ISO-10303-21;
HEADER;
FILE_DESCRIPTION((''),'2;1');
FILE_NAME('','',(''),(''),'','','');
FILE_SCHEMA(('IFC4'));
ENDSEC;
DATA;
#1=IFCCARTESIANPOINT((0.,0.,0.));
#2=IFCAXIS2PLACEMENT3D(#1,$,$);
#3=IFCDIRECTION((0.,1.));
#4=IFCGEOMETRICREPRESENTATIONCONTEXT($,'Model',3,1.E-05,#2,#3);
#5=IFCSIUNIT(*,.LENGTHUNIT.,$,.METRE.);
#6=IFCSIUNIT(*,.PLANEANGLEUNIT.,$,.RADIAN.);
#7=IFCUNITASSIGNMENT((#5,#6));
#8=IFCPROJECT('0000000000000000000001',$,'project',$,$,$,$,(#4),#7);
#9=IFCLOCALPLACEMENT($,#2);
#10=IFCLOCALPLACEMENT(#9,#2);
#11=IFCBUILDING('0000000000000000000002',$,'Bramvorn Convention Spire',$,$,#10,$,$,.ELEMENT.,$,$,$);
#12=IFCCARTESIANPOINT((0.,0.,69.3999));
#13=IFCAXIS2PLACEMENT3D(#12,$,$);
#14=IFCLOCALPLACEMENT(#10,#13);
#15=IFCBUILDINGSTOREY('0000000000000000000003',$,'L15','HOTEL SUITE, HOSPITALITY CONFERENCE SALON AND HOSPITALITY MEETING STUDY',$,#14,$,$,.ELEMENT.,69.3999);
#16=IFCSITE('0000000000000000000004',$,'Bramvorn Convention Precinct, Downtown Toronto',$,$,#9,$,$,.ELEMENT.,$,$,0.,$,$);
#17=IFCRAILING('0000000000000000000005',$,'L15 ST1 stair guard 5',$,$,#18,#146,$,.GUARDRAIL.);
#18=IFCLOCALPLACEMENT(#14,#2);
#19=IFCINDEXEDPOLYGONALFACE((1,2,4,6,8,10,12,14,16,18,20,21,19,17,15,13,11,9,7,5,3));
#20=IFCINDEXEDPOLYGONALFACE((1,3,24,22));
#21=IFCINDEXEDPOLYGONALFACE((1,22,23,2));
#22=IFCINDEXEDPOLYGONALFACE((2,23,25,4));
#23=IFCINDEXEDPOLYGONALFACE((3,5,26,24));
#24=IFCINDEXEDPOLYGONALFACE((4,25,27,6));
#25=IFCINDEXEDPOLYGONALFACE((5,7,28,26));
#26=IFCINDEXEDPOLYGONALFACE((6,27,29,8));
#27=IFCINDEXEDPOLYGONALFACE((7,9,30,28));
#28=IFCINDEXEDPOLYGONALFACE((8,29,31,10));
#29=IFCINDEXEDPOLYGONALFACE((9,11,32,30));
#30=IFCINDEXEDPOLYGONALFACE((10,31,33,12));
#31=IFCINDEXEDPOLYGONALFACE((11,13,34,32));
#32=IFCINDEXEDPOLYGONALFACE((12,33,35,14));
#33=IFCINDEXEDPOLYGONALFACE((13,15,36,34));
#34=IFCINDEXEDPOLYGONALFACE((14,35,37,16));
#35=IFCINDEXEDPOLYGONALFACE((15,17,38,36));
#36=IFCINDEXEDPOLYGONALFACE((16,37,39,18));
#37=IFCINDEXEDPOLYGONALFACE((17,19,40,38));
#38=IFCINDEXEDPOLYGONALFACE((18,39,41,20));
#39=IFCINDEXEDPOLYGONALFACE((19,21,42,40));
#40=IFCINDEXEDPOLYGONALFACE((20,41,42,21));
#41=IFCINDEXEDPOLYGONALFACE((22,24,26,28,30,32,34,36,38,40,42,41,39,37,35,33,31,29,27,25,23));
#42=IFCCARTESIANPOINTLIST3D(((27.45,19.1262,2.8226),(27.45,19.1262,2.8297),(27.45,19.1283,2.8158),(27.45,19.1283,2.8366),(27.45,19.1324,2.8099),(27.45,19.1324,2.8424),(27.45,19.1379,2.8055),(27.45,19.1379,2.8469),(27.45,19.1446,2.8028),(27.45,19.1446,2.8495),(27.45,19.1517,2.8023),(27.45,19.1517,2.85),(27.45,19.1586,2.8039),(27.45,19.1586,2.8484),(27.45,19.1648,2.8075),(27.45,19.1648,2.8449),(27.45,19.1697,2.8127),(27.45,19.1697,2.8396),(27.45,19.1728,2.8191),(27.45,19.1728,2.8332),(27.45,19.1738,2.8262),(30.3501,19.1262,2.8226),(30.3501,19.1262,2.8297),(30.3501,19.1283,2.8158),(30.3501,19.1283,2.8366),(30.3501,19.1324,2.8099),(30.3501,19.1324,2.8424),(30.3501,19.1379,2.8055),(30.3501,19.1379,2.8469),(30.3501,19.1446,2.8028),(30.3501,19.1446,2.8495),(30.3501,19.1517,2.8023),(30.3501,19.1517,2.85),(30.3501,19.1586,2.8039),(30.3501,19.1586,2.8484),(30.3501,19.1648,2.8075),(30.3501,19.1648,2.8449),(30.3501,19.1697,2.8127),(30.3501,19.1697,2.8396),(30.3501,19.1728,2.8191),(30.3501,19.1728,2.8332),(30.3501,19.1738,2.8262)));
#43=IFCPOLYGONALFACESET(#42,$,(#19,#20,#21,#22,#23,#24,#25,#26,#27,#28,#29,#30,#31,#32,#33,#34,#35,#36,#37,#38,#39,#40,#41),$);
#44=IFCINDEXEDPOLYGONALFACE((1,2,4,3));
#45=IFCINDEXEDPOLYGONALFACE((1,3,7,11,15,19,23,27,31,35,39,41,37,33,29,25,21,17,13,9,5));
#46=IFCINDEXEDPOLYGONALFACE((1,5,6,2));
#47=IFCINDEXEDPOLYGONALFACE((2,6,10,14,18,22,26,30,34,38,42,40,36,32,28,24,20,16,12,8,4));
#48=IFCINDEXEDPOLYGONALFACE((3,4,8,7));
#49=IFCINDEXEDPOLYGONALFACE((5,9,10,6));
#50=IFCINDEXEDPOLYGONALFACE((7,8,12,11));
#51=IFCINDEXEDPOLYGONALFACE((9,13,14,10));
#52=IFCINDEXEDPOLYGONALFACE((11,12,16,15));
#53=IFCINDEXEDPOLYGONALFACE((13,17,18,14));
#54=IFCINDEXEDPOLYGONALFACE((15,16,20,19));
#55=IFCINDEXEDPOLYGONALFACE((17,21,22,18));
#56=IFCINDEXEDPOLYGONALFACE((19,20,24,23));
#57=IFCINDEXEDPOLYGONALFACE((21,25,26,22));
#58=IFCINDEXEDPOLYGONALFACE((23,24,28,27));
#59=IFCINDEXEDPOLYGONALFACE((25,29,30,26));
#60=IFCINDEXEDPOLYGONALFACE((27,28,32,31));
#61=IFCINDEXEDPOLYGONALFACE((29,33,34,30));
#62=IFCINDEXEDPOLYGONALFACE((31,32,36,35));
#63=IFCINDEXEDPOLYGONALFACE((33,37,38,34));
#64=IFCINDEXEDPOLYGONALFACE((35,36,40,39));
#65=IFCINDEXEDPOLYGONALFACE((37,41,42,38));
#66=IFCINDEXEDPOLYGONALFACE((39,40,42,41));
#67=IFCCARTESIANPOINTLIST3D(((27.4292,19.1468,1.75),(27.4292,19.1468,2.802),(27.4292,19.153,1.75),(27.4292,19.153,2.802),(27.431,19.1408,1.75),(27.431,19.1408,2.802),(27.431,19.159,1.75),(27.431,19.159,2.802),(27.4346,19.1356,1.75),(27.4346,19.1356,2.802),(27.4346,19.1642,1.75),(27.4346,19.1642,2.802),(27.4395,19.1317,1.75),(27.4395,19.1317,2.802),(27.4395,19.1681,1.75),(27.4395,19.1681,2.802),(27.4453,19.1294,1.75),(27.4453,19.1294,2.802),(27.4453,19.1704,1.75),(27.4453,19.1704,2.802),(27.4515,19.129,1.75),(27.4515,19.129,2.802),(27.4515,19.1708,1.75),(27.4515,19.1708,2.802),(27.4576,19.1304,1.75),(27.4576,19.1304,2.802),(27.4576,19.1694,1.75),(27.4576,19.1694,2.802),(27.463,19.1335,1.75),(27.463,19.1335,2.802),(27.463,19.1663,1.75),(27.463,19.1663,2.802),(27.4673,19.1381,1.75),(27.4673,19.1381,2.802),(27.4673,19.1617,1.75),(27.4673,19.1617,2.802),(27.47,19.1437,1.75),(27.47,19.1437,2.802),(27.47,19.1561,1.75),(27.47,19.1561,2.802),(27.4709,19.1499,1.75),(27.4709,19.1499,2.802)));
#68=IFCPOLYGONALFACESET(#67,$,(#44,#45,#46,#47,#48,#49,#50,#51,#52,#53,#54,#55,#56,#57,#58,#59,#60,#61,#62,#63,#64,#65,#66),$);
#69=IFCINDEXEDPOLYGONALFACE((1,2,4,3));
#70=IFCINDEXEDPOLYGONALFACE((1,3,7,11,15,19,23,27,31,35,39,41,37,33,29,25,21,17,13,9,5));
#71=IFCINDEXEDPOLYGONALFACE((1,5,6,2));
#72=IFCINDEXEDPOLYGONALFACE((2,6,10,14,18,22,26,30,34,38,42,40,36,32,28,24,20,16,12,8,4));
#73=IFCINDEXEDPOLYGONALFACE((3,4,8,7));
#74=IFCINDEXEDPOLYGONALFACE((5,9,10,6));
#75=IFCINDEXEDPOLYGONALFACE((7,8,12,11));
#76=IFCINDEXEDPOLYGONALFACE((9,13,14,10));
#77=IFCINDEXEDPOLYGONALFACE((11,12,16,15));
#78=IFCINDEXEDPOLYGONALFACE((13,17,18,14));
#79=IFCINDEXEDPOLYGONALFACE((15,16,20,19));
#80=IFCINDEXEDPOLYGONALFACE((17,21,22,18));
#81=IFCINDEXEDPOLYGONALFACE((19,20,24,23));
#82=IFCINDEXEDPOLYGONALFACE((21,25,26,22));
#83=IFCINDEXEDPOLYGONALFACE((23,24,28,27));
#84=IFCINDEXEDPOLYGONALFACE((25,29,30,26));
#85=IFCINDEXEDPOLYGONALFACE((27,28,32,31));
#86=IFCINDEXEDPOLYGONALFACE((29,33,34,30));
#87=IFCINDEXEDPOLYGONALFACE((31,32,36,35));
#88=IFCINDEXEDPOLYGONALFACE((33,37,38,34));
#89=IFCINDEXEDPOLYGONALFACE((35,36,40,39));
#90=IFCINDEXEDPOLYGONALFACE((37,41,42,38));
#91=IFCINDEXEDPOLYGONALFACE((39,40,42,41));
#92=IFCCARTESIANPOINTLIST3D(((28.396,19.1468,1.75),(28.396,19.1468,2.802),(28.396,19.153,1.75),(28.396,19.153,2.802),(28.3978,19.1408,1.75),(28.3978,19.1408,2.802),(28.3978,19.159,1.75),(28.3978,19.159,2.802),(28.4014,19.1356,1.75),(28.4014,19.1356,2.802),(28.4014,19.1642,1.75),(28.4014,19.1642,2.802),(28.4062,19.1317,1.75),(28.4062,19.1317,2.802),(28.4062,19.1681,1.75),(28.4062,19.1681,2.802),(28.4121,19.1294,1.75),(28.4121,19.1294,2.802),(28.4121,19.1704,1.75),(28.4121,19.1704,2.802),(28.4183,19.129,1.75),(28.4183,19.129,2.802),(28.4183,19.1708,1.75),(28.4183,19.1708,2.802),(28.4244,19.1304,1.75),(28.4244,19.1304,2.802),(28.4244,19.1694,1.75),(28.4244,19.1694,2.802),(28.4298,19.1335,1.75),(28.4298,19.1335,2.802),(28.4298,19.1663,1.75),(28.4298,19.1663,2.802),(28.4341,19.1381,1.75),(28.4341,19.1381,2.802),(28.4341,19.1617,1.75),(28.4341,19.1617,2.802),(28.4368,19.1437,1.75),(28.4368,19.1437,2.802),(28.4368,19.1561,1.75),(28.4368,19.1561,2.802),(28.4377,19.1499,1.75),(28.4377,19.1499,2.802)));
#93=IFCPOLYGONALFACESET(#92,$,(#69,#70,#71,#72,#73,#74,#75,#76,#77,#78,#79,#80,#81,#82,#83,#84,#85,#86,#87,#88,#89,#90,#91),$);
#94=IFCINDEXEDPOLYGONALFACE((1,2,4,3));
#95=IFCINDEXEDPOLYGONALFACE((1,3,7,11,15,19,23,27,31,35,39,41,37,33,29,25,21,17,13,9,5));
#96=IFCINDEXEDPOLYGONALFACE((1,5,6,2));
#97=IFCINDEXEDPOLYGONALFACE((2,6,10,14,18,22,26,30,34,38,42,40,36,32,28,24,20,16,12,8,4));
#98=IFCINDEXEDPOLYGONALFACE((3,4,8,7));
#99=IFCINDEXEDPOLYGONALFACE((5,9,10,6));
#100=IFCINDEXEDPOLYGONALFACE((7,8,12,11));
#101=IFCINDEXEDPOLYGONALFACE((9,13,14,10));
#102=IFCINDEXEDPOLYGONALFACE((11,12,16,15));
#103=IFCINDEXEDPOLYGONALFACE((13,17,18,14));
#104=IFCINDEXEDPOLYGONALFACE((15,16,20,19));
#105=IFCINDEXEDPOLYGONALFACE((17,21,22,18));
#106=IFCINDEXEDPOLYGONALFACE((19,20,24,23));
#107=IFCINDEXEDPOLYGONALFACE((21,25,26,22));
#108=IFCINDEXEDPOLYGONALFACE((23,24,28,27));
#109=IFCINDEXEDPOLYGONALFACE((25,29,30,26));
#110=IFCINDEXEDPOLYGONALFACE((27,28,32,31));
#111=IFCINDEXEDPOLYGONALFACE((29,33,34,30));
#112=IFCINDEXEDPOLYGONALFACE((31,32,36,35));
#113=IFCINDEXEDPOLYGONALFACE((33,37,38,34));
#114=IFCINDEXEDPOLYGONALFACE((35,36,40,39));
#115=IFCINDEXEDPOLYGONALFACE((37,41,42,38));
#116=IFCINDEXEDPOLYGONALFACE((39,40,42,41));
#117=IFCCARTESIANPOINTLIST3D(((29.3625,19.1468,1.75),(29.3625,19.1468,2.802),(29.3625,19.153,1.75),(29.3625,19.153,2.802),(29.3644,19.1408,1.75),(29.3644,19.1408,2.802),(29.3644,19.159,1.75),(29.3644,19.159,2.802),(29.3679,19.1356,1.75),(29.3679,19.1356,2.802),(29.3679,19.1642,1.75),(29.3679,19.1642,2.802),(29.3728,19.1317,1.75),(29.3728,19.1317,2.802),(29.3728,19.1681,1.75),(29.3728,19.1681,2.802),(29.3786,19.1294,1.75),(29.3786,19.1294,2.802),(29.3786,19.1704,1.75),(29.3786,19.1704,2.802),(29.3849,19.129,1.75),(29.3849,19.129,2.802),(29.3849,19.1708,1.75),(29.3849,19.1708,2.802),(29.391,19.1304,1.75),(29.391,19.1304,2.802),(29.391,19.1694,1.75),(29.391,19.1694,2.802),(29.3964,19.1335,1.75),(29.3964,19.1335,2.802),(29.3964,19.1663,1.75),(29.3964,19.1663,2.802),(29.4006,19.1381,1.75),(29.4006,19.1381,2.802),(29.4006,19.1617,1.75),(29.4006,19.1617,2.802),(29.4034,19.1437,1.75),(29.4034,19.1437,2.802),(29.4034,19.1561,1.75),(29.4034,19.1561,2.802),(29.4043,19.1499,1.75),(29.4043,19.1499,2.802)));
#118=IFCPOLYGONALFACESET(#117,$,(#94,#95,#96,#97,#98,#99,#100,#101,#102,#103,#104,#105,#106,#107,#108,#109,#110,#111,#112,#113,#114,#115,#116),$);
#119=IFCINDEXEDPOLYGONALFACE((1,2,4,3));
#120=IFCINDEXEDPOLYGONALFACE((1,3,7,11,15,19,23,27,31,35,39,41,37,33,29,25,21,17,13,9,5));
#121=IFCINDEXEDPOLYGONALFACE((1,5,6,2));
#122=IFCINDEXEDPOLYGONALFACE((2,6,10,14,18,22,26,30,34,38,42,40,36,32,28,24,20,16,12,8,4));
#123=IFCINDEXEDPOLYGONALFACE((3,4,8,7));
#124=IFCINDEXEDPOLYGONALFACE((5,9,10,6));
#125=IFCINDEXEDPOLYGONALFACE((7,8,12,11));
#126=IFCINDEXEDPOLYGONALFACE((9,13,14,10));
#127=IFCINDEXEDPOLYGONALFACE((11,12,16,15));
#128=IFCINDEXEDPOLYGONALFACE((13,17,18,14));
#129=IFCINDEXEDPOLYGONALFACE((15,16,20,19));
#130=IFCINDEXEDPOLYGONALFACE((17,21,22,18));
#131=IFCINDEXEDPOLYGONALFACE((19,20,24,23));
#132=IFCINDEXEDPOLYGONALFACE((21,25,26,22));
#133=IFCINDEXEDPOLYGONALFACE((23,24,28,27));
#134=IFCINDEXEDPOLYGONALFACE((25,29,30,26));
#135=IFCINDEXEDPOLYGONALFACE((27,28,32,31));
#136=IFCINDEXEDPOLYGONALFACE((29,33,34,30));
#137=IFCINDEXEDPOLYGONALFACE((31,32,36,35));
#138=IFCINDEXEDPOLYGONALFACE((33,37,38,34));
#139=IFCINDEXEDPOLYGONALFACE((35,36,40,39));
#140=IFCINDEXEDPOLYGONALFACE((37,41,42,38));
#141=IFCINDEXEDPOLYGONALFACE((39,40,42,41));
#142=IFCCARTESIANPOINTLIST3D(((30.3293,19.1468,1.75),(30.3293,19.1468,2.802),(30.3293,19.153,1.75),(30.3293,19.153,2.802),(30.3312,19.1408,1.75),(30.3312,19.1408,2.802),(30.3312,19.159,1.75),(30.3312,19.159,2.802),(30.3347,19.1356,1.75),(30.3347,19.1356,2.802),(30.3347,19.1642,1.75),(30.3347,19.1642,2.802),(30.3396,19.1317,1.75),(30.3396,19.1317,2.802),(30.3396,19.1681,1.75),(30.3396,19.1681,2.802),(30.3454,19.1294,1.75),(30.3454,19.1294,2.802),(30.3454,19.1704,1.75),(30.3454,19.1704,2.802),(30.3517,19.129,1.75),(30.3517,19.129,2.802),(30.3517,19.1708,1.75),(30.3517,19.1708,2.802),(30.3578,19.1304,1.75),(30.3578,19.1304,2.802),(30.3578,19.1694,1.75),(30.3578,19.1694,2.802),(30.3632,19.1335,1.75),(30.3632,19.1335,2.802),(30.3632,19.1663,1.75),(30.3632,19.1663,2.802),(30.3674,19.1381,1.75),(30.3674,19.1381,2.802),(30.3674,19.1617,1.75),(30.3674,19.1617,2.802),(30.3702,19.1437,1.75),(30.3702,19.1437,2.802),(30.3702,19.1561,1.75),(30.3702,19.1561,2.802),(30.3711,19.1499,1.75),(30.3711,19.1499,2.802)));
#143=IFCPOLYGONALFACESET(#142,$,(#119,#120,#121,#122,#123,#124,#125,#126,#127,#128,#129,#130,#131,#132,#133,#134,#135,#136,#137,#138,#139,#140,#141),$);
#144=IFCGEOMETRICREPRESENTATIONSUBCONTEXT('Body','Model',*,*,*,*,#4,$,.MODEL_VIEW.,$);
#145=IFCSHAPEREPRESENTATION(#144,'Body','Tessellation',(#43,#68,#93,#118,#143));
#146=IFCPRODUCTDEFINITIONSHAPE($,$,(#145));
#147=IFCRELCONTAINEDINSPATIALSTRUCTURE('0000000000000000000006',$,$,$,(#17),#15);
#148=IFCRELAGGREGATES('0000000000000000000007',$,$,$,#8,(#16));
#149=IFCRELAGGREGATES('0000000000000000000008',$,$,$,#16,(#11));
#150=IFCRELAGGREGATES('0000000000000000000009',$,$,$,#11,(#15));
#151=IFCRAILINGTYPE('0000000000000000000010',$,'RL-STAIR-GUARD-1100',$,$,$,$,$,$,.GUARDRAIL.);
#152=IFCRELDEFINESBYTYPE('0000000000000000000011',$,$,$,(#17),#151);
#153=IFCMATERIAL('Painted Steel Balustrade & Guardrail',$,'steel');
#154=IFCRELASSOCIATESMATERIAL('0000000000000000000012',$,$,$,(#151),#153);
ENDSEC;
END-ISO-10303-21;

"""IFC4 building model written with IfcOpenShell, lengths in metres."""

from ifc_helpers import new_model, si_unit, direction, frame, origin, origin_2d, place, context, subcontext, project, spatial, circle, extrude, material, type_object, element, save


model = new_model("IFC4")

# Units and contexts
model_context = context("Model", 3, precision=1e-05, world=origin(), true_north=direction((0.0, 1.0)))
body_context = subcontext(model_context, "Body", "Model", "MODEL_VIEW")
ifc_project = project(units=[si_unit("LENGTHUNIT", "METRE"), si_unit("PLANEANGLEUNIT", "RADIAN")], contexts=[model_context])

# Site, building, storey
site_placement = place(None, origin())
site = spatial("IfcSite", under=ifc_project, at=site_placement, Name="Bramvorn Convention Precinct, Downtown Toronto", CompositionType="ELEMENT", RefElevation=0.0)
building_placement = place(site_placement, origin())
building = spatial("IfcBuilding", under=site, at=building_placement, Name="Bramvorn Convention Spire", CompositionType="ELEMENT")
storey_placement = place(building_placement, frame((0.0, 0.0, 69.3999)))
storey = spatial("IfcBuildingStorey", under=building, at=storey_placement, Name="L15", Description="HOTEL SUITE, HOSPITALITY CONFERENCE SALON AND HOSPITALITY MEETING STUDY", CompositionType="ELEMENT", Elevation=69.3999)

# Railing
ifc_material_1 = material(Name="Painted Steel Balustrade & Guardrail", Category="steel")
railing_type_1 = type_object("IfcRailingType", Name="RL-STAIR-GUARD-1100", PredefinedType="GUARDRAIL", material=ifc_material_1)
railing_1_placement = place(storey_placement, frame((27.45, 19.1499, 1.75)))
element("IfcRailing", 1, at=railing_1_placement, inside=storey, type_object=railing_type_1, Name="L15 ST1 stair guard 5", PredefinedType="GUARDRAIL", context=body_context, shape_type="SweptSolid", body=[
    extrude(circle(Radius=0.0239, at=origin_2d()), frame((0.0, 0.0, 1.0762), z_axis=(1.0, 0.0, 0.0), x_axis=(0.0, 1.0, 0.0)), (0.0, 0.0, 1.0), 2.9001),
    extrude(circle(Radius=0.021, at=origin_2d()), origin(), (0.0, 0.0, 1.0), 1.052),
    extrude(circle(Radius=0.021, at=origin_2d()), frame((0.9668, 0.0, 0.0)), (0.0, 0.0, 1.0), 1.052),
    extrude(circle(Radius=0.021, at=origin_2d()), frame((1.9333, 0.0, 0.0)), (0.0, 0.0, 1.0), 1.052),
    extrude(circle(Radius=0.021, at=origin_2d()), frame((2.9001, 0.0, 0.0)), (0.0, 0.0, 1.0), 1.052),
])

save(model, "model.ifc")
